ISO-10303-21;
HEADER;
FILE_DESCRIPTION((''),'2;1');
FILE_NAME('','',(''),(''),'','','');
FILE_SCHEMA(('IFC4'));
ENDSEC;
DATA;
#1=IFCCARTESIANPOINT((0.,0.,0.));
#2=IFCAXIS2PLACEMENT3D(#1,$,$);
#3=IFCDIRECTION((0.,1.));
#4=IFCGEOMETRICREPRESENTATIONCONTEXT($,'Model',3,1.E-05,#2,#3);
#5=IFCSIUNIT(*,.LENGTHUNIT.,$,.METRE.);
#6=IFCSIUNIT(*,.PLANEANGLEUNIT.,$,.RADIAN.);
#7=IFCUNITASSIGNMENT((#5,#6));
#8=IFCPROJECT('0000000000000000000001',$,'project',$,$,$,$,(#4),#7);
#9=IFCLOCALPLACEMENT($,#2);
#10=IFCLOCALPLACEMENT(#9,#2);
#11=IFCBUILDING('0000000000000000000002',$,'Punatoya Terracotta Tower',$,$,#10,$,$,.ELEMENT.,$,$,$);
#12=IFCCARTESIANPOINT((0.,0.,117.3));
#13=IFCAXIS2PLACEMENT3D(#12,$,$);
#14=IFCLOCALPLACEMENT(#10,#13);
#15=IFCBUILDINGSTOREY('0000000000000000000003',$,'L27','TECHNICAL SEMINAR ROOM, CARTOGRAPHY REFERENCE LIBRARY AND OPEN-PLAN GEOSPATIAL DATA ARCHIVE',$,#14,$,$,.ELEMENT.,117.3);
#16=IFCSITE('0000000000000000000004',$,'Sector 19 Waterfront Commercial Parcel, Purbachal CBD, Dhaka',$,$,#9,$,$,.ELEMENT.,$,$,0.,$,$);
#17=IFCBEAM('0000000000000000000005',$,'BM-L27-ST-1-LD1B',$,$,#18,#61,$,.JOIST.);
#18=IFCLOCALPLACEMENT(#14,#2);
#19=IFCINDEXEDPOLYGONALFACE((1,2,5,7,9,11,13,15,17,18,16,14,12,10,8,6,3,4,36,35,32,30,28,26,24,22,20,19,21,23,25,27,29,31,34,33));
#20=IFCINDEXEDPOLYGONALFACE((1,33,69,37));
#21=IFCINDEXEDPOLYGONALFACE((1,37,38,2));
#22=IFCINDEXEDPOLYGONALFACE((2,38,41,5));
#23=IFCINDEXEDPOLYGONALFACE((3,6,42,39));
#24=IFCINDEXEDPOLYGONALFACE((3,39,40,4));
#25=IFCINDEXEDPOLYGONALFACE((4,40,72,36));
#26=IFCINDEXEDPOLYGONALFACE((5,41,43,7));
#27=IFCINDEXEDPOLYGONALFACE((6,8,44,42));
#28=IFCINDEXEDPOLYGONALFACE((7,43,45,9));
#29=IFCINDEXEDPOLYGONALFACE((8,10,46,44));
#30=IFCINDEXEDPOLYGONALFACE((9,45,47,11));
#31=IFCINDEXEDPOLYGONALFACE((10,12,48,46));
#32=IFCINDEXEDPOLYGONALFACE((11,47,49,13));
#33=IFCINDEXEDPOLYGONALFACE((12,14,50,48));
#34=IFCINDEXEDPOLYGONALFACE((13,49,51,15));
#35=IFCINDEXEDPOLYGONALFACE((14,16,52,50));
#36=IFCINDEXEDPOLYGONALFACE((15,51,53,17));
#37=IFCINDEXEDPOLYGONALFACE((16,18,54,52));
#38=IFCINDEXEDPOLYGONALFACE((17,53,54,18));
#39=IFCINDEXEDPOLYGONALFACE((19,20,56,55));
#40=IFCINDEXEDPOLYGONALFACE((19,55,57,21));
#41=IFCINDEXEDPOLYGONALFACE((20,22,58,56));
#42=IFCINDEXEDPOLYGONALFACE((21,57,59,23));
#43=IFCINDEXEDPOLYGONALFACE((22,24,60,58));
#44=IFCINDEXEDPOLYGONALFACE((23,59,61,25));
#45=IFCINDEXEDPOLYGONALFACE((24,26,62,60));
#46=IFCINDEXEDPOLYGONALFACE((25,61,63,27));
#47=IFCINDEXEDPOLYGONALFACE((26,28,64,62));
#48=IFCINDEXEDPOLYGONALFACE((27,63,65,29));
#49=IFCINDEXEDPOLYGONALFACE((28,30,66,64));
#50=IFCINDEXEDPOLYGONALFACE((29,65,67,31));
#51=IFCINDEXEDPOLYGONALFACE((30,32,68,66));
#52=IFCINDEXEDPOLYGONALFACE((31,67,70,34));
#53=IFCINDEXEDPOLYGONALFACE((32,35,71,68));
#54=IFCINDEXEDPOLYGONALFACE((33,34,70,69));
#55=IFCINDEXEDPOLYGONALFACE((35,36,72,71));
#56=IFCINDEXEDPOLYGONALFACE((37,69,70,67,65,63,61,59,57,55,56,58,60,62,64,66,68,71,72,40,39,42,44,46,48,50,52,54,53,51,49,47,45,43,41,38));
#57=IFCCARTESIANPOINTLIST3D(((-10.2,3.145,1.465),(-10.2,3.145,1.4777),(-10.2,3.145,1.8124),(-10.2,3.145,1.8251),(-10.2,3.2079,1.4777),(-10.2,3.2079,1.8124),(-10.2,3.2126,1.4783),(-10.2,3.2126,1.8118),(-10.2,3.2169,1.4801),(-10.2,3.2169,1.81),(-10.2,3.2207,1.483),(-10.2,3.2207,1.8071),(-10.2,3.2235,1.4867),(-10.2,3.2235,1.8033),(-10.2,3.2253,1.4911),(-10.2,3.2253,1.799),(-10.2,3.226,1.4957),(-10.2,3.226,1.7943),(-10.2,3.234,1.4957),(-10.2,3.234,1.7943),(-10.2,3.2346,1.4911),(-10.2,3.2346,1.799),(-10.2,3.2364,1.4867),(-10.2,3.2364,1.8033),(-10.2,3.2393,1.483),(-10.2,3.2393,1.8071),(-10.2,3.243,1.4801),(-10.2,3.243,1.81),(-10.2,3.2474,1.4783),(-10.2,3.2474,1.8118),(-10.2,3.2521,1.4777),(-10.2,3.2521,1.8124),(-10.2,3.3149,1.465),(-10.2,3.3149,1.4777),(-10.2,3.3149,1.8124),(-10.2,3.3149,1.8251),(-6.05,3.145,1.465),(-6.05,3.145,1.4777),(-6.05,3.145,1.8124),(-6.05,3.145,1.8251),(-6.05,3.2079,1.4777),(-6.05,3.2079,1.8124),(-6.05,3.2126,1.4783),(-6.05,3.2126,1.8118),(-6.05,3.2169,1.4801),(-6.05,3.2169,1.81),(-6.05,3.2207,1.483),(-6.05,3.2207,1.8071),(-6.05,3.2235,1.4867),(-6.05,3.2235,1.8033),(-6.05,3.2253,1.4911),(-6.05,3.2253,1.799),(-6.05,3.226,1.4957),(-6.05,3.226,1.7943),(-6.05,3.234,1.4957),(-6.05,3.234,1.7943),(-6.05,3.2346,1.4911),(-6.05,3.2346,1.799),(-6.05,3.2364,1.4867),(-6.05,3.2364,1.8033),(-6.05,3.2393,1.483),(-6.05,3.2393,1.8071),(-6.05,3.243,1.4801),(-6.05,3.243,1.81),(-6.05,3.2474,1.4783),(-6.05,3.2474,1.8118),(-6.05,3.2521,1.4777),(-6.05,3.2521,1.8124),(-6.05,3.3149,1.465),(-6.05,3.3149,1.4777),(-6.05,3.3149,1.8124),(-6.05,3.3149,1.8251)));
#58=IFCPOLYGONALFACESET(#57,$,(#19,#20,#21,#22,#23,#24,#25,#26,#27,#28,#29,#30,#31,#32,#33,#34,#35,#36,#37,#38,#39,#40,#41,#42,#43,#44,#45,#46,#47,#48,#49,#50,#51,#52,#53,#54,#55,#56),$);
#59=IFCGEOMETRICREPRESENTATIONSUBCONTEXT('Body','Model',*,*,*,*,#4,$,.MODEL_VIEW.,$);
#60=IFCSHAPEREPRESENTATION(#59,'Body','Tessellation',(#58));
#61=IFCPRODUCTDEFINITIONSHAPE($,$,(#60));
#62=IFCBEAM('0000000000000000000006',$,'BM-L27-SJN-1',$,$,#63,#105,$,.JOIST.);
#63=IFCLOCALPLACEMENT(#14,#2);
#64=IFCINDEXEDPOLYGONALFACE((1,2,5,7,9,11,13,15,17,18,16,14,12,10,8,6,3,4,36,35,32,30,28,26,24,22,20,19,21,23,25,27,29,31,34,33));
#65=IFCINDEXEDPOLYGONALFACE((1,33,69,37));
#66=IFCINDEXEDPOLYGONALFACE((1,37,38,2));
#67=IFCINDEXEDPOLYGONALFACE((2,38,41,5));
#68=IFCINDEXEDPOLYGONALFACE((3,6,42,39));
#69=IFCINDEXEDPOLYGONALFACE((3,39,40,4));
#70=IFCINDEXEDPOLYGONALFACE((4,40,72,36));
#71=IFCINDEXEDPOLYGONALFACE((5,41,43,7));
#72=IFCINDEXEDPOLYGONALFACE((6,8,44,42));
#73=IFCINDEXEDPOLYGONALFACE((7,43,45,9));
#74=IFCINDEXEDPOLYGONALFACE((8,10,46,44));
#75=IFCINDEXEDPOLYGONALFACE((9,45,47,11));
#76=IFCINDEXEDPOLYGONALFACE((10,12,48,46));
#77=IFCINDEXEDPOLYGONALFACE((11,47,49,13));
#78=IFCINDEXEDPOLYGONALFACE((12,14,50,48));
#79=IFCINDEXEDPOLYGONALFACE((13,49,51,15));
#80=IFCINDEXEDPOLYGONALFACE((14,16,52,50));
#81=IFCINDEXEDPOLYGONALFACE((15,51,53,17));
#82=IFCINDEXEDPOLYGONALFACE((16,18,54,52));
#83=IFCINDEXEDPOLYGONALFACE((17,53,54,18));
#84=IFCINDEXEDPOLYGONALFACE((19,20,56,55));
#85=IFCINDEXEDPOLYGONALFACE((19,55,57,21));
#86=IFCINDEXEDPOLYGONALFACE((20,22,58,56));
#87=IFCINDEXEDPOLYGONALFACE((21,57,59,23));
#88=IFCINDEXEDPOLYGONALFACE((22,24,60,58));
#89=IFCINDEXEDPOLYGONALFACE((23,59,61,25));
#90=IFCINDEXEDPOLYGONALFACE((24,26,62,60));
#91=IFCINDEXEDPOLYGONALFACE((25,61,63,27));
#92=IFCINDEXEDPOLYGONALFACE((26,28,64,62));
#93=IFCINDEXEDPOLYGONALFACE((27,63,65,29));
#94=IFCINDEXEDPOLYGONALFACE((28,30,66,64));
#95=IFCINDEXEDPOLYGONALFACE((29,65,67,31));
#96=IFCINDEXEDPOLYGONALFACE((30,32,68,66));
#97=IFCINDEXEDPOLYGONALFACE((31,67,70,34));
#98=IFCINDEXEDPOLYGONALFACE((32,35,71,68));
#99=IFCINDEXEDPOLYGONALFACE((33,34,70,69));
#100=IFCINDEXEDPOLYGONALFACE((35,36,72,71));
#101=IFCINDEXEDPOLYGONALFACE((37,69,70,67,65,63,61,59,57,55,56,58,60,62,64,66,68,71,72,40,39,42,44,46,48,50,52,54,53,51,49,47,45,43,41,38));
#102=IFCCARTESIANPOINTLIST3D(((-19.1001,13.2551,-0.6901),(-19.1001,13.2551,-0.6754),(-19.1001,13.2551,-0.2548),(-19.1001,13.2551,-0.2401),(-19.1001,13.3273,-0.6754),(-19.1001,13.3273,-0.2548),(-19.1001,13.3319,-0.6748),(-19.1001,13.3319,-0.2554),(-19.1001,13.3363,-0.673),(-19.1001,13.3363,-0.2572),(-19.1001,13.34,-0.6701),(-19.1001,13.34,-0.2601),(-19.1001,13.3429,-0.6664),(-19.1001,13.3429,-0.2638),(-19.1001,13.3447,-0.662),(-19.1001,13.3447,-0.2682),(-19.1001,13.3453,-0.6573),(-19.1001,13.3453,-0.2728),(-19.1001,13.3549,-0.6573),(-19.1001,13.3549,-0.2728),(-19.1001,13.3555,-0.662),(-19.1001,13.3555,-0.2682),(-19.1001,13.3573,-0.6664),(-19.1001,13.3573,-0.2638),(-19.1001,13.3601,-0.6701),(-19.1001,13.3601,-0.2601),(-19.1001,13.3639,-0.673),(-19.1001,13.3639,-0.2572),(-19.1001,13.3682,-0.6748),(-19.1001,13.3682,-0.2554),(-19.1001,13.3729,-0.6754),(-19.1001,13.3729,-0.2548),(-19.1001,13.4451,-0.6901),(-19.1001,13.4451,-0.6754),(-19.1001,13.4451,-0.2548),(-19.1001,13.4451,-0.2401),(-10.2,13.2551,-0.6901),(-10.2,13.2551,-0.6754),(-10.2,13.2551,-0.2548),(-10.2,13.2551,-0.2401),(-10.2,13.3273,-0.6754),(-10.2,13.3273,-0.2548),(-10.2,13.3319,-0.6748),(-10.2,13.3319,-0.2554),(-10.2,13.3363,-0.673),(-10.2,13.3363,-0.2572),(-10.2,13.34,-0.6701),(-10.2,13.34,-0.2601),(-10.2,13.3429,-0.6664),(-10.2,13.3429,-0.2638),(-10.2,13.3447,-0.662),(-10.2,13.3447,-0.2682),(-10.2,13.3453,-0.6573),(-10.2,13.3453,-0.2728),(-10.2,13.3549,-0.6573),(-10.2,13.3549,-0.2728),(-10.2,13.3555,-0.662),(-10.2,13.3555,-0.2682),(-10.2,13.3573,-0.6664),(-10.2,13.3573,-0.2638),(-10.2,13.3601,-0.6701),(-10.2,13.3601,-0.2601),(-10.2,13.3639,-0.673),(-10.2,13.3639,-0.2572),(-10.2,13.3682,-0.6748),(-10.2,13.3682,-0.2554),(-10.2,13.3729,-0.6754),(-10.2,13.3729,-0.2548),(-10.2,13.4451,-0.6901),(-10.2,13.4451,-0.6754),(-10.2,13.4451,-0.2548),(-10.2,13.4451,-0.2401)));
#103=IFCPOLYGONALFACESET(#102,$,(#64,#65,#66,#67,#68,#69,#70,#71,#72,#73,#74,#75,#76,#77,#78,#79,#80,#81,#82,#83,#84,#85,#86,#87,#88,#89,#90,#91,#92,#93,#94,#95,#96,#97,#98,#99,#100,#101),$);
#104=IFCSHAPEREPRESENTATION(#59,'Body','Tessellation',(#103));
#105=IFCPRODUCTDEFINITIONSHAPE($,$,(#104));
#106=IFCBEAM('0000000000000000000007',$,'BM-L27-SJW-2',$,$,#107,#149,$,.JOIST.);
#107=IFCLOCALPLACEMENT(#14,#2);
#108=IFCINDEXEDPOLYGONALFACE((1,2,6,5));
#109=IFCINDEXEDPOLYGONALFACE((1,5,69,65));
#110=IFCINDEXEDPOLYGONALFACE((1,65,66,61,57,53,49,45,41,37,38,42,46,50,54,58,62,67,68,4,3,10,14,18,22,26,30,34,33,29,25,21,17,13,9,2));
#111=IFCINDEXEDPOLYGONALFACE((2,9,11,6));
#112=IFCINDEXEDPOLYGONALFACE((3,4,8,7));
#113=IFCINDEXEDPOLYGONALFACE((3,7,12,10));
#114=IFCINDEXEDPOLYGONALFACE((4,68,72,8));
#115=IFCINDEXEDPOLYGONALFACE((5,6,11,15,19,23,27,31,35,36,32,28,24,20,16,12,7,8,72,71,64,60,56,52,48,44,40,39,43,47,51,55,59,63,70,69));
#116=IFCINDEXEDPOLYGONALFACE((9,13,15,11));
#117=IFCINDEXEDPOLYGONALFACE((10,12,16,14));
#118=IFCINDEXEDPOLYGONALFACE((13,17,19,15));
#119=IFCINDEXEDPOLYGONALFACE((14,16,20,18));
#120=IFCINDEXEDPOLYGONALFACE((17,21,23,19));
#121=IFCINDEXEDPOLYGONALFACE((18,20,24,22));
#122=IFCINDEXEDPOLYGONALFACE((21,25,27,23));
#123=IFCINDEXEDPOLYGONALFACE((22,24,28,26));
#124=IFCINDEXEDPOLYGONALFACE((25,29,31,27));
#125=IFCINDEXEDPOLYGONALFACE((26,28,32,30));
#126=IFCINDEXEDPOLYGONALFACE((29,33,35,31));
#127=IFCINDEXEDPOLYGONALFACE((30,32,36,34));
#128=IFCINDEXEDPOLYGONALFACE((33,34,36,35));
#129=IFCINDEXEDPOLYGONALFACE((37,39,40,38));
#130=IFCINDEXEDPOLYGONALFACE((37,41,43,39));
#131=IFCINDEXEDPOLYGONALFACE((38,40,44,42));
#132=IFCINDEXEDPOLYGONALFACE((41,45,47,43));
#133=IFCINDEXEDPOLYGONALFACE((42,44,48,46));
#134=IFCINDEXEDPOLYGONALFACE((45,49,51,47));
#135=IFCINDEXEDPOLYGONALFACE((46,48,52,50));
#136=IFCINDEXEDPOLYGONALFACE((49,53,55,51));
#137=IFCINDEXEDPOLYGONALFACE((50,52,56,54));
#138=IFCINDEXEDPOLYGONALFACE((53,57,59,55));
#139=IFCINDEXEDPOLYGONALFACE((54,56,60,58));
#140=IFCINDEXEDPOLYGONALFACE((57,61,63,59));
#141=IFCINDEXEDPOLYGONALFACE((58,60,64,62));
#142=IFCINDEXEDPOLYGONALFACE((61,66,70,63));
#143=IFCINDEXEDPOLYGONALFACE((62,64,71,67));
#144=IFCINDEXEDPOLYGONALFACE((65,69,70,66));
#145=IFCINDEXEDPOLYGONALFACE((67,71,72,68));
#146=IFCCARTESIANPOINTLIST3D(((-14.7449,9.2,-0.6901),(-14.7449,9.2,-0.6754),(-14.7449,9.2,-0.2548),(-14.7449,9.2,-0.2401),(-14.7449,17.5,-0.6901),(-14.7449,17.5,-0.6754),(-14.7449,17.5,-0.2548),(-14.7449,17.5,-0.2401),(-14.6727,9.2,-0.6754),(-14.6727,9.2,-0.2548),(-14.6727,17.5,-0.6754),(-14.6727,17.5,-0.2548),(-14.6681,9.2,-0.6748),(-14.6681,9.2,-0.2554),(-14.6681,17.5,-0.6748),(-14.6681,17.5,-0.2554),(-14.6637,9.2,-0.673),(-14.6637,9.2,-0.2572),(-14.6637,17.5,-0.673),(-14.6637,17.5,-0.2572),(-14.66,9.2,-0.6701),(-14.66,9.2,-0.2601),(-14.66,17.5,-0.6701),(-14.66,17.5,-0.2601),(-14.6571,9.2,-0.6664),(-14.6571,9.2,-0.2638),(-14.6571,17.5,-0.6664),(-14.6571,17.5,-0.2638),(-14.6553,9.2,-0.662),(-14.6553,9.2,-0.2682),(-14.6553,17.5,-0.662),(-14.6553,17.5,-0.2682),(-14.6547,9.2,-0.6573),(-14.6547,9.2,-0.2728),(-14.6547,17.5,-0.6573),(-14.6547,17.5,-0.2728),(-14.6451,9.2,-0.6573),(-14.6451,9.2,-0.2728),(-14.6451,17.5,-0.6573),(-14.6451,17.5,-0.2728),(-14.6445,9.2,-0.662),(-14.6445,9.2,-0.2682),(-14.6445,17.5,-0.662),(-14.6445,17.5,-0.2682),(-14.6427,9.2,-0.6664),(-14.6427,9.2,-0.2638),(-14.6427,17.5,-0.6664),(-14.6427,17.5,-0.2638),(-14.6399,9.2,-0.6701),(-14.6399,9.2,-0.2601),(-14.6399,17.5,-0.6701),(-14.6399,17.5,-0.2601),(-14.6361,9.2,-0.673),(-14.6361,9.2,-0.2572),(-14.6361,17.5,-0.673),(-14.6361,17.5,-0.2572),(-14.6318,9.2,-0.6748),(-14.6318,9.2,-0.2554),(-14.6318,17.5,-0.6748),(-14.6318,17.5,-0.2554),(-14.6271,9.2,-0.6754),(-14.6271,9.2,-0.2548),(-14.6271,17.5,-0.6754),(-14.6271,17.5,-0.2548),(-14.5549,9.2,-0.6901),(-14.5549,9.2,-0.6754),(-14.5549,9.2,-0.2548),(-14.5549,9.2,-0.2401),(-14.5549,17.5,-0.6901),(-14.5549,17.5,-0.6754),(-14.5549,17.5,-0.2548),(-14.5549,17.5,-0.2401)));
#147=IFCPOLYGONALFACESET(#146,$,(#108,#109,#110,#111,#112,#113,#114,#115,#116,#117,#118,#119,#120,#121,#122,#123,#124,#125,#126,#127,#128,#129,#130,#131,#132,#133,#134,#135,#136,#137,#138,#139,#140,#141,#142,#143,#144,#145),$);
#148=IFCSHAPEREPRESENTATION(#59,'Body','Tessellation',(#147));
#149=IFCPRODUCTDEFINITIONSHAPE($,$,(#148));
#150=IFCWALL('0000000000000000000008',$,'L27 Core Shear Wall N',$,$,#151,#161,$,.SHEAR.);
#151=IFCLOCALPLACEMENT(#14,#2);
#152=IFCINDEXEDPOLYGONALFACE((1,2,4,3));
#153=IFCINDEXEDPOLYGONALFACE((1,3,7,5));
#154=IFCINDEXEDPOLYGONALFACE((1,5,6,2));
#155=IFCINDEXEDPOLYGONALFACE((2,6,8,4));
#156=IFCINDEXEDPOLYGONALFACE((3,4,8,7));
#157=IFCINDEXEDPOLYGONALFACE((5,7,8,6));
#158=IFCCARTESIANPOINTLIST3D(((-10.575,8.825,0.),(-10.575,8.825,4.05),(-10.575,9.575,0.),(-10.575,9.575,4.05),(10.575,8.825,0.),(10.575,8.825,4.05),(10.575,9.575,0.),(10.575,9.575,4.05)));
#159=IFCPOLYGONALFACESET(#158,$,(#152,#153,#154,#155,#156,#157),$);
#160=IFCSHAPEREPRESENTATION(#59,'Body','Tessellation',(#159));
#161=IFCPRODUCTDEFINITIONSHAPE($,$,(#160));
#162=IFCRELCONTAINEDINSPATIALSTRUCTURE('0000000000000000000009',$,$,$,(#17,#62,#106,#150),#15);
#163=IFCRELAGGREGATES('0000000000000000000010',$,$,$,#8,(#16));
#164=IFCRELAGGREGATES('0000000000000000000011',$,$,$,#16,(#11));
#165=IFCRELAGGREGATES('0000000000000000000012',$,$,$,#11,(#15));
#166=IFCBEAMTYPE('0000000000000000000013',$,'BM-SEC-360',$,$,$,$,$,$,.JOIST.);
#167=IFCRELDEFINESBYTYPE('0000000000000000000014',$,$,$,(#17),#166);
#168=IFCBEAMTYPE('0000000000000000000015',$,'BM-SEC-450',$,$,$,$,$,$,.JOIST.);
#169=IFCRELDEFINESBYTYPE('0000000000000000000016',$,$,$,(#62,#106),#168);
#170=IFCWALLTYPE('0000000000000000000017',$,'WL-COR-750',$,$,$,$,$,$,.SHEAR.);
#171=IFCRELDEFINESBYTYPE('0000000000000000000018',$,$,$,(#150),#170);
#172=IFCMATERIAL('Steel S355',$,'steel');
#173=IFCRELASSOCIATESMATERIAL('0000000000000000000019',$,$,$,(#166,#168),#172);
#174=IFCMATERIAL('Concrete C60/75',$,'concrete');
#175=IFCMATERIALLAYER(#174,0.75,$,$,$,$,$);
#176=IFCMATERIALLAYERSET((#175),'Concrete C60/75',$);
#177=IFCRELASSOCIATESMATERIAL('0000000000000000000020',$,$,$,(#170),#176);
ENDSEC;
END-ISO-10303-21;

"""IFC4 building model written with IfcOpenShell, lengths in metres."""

from ifc_helpers import new_model, si_unit, direction, frame, frame_2d, origin, origin_2d, place, context, subcontext, project, spatial, rectangle, i_section, extrude, material, layer, layer_set, material_profile, profile_set, type_object, element, save


model = new_model("IFC4")

# Units and contexts
model_context = context("Model", 3, precision=1e-05, world=origin(), true_north=direction((0.0, 1.0)))
body_context = subcontext(model_context, "Body", "Model", "MODEL_VIEW")
ifc_project = project(units=[si_unit("LENGTHUNIT", "METRE"), si_unit("PLANEANGLEUNIT", "RADIAN")], contexts=[model_context])

# Site, building, storey
site_placement = place(None, origin())
site = spatial("IfcSite", under=ifc_project, at=site_placement, Name="Sector 19 Waterfront Commercial Parcel, Purbachal CBD, Dhaka", CompositionType="ELEMENT", RefElevation=0.0)
building_placement = place(site_placement, origin())
building = spatial("IfcBuilding", under=site, at=building_placement, Name="Punatoya Terracotta Tower", CompositionType="ELEMENT")
storey_placement = place(building_placement, frame((0.0, 0.0, 117.3)))
storey = spatial("IfcBuildingStorey", under=building, at=storey_placement, Name="L27", Description="TECHNICAL SEMINAR ROOM, CARTOGRAPHY REFERENCE LIBRARY AND OPEN-PLAN GEOSPATIAL DATA ARCHIVE", CompositionType="ELEMENT", Elevation=117.3)

# Beams
ifc_material_1 = material(Name="Steel S355", Category="steel")
ifc_material_2 = material(Name="Concrete C60/75", Category="concrete")
ifc_material_profile_1 = material_profile(ifc_material_1, i_section(OverallWidth=0.1699, OverallDepth=0.3601, WebThickness=0.0081, FlangeThickness=0.0127, FilletRadius=0.0181, at=origin_2d()))
ifc_profile_set_1 = profile_set([ifc_material_profile_1], Name="Steel S355")
beam_type_1 = type_object("IfcBeamType", Name="BM-SEC-360", PredefinedType="JOIST", material=ifc_profile_set_1)
for number, where, z_axis, x_axis, name in (
    (1, (-10.2, 3.23, 1.645), (1.0, 0.0, 0.0), (0.0, 1.0, 0.0), "BM-L27-ST-1-LD1B"),
):
    element("IfcBeam", number, at=place(storey_placement, frame(where, z_axis=z_axis, x_axis=x_axis)), inside=storey, type_object=beam_type_1, Name=name, PredefinedType="JOIST", context=body_context, shape_type="SweptSolid", body=[
        extrude(i_section(OverallWidth=0.1699, OverallDepth=0.3601, WebThickness=0.0081, FlangeThickness=0.0127, FilletRadius=0.0181, at=origin_2d()), origin(), (0.0, 0.0, 1.0), 4.1499),
    ])
ifc_material_profile_2 = material_profile(ifc_material_1, i_section(OverallWidth=0.1899, OverallDepth=0.45, WebThickness=0.0095, FlangeThickness=0.0146, FilletRadius=0.0181, at=origin_2d()))
ifc_profile_set_2 = profile_set([ifc_material_profile_2], Name="Steel S355")
beam_type_2 = type_object("IfcBeamType", Name="BM-SEC-450", PredefinedType="JOIST", material=ifc_profile_set_2)
beam_1_placement = place(storey_placement, frame((-19.1001, 13.3501, -0.4651), z_axis=(1.0, 0.0, 0.0), x_axis=(0.0, 1.0, 0.0)))
element("IfcBeam", 2, at=beam_1_placement, inside=storey, type_object=beam_type_2, Name="BM-L27-SJN-1", PredefinedType="JOIST", context=body_context, shape_type="SweptSolid", body=[
    extrude(i_section(OverallWidth=0.1899, OverallDepth=0.45, WebThickness=0.0095, FlangeThickness=0.0146, FilletRadius=0.0181, at=origin_2d()), origin(), (0.0, 0.0, 1.0), 8.9001),
])
beam_2_placement = place(storey_placement, frame((-14.6499, 9.2, -0.4651), z_axis=(0.0, 1.0, 0.0), x_axis=(-1.0, 0.0, 0.0)))
element("IfcBeam", 3, at=beam_2_placement, inside=storey, type_object=beam_type_2, Name="BM-L27-SJW-2", PredefinedType="JOIST", context=body_context, shape_type="SweptSolid", body=[
    extrude(i_section(OverallWidth=0.1899, OverallDepth=0.45, WebThickness=0.0095, FlangeThickness=0.0146, FilletRadius=0.0181, at=origin_2d()), origin(), (0.0, 0.0, 1.0), 8.3),
])

# Wall
ifc_layer_1 = layer(ifc_material_2, 0.75)
ifc_layer_set_1 = layer_set([ifc_layer_1], Name="Concrete C60/75")
wall_type_1 = type_object("IfcWallType", Name="WL-COR-750", PredefinedType="SHEAR", material=ifc_layer_set_1)
wall_1_placement = place(storey_placement, frame((-10.575, 9.2, 0.0), z_axis=(0.0, 0.0, 1.0), x_axis=(1.0, 0.0, 0.0)))
element("IfcWall", 4, at=wall_1_placement, inside=storey, type_object=wall_type_1, Name="L27 Core Shear Wall N", PredefinedType="SHEAR", context=body_context, shape_type="SweptSolid", body=[
    extrude(rectangle(XDim=21.1499, YDim=0.75, at=frame_2d((10.575, 0.0))), origin(), (0.0, 0.0, 1.0), 4.05),
])

save(model, "model.ifc")
